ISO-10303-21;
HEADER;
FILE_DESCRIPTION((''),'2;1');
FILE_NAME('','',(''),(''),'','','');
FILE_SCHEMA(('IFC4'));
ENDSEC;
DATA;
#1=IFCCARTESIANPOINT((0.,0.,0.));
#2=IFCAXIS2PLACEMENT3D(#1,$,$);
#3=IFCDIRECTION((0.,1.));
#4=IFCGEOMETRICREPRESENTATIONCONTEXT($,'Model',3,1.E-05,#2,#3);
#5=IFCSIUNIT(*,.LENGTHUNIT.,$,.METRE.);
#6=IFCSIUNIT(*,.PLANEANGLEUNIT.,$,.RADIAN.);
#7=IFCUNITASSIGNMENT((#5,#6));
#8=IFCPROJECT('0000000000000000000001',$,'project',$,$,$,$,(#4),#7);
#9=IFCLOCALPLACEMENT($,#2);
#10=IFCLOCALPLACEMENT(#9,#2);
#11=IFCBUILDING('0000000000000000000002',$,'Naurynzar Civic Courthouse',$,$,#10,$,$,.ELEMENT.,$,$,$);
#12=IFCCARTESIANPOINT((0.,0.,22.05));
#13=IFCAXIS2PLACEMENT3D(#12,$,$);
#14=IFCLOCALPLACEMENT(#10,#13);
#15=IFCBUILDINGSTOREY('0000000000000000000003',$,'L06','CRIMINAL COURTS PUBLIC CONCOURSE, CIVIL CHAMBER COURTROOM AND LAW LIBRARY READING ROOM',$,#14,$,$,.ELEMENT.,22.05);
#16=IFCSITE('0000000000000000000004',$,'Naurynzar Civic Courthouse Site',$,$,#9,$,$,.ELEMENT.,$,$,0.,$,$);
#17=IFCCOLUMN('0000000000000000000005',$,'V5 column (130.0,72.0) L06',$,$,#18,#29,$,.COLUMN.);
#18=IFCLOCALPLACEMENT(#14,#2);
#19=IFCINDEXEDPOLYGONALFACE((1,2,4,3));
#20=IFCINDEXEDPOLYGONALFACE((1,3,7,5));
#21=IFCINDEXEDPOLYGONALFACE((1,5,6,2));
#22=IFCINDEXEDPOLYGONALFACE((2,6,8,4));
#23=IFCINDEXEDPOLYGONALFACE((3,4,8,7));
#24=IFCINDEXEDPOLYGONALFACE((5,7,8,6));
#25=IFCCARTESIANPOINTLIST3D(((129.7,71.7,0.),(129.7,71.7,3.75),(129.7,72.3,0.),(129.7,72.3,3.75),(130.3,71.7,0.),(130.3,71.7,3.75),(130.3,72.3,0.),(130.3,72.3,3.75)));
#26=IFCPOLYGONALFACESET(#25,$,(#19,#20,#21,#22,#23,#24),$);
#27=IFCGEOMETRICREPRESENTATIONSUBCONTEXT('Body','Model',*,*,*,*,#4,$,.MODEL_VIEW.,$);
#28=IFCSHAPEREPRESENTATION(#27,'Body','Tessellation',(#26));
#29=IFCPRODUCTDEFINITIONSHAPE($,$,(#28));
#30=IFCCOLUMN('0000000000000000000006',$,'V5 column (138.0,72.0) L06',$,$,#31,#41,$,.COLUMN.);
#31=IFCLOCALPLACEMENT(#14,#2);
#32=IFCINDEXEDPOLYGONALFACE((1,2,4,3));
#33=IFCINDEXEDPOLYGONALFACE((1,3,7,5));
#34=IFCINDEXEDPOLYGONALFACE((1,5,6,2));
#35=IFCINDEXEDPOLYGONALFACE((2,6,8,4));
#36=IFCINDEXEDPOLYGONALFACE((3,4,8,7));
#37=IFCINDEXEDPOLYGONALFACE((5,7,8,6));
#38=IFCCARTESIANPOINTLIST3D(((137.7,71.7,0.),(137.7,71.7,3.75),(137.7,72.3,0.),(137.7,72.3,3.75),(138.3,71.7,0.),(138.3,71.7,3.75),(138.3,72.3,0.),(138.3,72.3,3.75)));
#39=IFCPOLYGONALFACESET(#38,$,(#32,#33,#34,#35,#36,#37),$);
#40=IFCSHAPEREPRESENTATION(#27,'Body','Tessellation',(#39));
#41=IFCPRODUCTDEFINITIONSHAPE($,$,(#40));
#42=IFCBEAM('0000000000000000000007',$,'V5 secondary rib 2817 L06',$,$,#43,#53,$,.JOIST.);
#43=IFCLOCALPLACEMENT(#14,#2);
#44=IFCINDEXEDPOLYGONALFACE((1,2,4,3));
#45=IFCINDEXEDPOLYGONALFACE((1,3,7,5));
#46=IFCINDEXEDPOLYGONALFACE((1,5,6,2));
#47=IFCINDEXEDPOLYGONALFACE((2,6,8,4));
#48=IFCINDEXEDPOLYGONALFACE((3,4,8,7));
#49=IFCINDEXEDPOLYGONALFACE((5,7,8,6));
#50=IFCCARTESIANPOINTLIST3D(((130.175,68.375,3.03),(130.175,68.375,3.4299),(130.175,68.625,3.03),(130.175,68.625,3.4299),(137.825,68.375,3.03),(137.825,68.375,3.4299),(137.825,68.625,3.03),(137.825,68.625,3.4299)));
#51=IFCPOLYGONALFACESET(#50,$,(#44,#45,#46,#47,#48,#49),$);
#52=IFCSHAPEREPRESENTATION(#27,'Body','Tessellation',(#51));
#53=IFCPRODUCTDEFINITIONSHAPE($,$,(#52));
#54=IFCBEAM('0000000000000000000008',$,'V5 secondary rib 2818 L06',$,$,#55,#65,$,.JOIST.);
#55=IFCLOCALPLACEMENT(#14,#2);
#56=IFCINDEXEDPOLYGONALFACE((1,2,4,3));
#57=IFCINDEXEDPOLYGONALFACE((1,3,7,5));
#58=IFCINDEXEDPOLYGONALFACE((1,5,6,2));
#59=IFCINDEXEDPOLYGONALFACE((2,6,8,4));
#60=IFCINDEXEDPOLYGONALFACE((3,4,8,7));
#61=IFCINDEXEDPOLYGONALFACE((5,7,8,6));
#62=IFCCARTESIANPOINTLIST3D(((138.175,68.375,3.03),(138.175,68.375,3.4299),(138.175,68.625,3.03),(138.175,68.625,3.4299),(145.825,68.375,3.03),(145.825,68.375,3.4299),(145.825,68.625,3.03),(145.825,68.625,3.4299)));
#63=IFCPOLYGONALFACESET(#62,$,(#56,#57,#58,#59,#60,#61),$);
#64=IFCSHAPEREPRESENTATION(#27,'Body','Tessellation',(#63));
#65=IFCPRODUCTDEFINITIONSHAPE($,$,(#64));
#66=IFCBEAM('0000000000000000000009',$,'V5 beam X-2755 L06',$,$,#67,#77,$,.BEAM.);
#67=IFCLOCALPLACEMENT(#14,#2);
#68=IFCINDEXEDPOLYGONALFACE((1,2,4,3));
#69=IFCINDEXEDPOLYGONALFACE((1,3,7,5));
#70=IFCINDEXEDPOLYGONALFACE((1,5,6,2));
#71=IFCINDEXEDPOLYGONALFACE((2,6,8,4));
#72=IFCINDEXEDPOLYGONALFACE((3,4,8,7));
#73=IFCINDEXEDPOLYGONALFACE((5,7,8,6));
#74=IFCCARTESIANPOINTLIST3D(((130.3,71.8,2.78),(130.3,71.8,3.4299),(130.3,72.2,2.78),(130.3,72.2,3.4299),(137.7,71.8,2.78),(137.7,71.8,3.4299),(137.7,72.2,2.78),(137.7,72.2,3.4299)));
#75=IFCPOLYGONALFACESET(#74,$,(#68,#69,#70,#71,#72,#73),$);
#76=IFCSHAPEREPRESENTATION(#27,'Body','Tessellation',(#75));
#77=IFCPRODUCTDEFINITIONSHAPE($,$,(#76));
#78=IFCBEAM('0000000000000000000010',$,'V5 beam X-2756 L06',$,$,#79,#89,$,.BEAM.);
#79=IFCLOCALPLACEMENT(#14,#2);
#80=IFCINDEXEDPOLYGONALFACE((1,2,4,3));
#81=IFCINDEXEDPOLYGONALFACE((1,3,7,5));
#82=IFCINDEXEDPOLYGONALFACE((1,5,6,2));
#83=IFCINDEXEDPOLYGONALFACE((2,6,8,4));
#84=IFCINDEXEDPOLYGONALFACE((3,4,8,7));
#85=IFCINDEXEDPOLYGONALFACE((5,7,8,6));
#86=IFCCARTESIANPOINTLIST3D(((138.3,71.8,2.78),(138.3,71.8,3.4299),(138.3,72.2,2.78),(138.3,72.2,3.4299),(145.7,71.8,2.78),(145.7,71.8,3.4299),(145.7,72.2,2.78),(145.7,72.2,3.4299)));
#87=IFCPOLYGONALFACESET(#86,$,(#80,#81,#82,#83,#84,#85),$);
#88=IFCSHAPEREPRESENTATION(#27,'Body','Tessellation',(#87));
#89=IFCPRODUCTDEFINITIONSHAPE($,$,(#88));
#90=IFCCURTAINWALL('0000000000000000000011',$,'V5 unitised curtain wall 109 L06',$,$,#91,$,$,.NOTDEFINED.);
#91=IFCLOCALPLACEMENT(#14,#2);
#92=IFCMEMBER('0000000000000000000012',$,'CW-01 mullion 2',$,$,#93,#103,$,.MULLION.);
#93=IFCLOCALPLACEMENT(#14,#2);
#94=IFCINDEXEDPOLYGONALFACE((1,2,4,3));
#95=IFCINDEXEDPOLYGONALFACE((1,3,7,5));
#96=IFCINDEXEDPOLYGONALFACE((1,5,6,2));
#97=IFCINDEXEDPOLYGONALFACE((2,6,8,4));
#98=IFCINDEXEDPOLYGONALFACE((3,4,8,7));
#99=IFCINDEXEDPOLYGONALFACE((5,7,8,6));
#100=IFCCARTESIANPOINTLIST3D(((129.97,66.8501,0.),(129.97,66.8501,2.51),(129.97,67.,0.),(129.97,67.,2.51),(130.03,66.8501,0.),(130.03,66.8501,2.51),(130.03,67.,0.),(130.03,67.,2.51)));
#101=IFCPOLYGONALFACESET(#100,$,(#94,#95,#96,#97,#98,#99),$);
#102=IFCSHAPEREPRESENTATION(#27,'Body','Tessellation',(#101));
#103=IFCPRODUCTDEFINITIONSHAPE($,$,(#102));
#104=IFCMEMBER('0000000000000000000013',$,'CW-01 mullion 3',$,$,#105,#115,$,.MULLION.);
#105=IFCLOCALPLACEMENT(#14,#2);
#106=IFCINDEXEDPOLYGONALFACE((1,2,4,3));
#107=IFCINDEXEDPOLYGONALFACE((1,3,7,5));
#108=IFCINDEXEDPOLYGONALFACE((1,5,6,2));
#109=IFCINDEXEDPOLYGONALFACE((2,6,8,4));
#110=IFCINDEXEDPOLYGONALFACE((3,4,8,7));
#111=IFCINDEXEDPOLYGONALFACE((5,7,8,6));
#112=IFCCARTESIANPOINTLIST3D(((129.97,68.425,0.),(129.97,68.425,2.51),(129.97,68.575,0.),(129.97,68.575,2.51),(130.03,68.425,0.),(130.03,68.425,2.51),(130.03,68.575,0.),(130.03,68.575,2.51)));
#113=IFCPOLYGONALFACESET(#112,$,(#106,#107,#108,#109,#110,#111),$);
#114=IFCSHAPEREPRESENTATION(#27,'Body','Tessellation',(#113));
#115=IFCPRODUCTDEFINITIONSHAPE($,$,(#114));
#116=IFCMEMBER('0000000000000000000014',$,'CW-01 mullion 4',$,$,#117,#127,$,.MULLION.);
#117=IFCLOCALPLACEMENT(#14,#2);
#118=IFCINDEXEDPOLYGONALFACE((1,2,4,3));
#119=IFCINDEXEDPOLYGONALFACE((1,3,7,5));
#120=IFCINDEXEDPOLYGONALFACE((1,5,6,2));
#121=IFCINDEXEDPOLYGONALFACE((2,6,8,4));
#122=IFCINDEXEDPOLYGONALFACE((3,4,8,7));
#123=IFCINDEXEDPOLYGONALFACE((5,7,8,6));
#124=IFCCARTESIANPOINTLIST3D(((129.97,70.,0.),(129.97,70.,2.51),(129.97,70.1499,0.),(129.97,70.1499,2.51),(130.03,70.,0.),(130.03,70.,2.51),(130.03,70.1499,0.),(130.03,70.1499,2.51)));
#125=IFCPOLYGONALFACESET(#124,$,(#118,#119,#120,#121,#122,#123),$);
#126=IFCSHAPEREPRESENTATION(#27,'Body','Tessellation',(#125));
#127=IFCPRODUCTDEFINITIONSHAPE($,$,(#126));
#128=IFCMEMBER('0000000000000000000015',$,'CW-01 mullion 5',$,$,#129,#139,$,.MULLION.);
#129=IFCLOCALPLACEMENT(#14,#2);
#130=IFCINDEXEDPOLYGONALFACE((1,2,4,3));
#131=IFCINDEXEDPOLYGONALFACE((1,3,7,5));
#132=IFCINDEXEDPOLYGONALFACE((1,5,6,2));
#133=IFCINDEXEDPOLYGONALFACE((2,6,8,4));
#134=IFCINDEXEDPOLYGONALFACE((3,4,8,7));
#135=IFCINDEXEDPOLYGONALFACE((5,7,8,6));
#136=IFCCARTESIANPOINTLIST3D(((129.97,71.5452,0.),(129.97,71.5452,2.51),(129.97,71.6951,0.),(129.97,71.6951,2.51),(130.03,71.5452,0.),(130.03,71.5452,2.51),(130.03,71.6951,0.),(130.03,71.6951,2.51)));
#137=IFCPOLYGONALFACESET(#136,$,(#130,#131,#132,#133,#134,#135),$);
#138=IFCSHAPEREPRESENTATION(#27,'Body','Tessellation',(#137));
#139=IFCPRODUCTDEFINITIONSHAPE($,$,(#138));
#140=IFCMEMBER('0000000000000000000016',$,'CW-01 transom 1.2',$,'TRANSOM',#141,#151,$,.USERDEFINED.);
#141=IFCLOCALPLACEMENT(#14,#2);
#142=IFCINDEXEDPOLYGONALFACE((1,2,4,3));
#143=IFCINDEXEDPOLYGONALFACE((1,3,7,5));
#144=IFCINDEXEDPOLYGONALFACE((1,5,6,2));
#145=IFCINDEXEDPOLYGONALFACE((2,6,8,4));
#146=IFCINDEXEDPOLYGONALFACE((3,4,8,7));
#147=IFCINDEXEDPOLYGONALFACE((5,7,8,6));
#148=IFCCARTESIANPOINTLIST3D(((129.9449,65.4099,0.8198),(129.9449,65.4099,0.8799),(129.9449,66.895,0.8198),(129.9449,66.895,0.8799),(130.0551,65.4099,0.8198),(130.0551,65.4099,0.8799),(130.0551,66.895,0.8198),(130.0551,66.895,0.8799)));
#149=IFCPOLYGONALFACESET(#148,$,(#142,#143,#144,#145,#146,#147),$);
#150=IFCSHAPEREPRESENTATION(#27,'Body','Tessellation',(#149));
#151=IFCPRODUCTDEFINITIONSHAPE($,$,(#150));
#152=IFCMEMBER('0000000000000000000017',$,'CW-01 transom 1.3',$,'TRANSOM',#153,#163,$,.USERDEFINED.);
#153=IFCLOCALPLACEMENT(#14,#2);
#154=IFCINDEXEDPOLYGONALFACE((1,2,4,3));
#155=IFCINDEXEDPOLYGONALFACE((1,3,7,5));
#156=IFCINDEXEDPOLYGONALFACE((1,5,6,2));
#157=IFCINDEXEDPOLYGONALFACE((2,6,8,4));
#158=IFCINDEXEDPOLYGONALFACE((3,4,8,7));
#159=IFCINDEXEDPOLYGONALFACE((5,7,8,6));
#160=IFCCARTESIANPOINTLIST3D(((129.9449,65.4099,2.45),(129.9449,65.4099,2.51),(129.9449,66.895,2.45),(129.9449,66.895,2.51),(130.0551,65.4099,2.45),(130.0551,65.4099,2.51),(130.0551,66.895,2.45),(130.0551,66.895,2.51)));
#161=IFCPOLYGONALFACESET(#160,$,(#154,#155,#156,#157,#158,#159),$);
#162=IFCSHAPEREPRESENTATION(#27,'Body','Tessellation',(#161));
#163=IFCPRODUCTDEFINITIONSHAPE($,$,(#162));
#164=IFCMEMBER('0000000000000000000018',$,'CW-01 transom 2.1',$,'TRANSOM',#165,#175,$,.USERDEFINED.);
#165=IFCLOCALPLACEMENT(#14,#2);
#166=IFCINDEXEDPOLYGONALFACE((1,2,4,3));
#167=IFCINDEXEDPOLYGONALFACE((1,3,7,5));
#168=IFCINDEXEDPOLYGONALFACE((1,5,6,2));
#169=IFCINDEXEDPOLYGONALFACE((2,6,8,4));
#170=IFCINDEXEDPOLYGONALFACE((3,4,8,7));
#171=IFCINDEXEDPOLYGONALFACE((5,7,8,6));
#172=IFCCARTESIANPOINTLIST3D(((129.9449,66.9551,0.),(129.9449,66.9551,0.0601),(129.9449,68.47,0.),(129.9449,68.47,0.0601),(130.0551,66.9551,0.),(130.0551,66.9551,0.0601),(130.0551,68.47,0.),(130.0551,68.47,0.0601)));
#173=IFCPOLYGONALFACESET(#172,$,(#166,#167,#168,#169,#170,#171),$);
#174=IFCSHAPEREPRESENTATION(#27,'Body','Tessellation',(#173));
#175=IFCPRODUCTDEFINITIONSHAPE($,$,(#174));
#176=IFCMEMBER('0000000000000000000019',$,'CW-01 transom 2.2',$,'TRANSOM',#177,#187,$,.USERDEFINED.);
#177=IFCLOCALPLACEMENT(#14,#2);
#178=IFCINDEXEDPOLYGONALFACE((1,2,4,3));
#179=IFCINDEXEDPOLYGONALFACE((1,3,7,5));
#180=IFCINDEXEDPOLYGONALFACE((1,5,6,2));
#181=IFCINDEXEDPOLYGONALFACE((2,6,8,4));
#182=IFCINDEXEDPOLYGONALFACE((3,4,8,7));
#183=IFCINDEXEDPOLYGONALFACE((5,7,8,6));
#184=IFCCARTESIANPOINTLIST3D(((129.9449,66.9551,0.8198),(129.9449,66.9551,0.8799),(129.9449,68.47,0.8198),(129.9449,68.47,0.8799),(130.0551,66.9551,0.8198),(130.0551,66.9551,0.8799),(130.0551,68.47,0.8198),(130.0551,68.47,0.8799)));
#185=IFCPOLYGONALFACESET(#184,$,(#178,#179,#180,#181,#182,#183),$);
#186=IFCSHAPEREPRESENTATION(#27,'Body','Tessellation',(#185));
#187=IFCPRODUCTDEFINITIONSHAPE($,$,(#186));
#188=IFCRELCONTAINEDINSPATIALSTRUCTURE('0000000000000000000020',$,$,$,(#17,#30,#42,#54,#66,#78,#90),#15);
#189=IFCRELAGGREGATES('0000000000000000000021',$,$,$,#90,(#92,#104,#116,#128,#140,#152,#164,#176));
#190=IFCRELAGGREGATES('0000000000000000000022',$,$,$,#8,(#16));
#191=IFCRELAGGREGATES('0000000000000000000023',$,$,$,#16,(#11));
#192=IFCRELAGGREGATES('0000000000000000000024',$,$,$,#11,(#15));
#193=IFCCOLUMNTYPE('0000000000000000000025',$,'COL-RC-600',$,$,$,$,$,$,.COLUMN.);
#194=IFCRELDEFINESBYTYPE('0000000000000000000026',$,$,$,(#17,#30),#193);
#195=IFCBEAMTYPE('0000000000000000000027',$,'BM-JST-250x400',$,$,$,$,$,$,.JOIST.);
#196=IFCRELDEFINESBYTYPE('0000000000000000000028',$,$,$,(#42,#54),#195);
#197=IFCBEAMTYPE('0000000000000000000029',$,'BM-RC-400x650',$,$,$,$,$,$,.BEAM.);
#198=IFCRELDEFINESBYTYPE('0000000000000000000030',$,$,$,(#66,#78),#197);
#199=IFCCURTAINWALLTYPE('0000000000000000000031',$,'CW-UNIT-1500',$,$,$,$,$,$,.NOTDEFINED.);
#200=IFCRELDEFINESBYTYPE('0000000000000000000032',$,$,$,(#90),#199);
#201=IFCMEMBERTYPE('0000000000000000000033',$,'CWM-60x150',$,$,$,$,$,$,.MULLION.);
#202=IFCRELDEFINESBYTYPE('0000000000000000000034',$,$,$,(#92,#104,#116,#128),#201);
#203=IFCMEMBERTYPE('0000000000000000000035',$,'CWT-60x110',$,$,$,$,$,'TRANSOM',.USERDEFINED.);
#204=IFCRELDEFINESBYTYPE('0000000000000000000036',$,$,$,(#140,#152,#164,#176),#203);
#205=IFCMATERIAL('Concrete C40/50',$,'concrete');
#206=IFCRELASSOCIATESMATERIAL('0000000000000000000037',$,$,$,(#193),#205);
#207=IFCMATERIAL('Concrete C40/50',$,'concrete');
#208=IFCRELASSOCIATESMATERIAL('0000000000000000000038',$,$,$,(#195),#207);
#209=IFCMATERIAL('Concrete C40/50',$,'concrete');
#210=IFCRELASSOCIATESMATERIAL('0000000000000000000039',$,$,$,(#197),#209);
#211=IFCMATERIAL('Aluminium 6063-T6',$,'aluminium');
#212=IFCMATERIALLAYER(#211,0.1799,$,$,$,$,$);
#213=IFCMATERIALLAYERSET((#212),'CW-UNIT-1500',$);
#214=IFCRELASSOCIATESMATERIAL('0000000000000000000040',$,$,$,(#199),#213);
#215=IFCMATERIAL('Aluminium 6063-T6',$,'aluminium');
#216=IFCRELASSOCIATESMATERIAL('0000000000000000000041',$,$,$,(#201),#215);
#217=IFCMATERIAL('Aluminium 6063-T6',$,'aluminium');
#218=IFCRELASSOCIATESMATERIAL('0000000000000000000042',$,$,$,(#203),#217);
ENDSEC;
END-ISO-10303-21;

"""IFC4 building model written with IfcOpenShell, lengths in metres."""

from ifc_helpers import new_model, si_unit, direction, frame, origin, origin_2d, place, context, subcontext, project, spatial, rectangle, extrude, material, layer, layer_set, material_profile, profile_set, type_object, element, aggregate, save


model = new_model("IFC4")

# Units and contexts
model_context = context("Model", 3, precision=1e-05, world=origin(), true_north=direction((0.0, 1.0)))
body_context = subcontext(model_context, "Body", "Model", "MODEL_VIEW")
ifc_project = project(units=[si_unit("LENGTHUNIT", "METRE"), si_unit("PLANEANGLEUNIT", "RADIAN")], contexts=[model_context])

# Site, building, storey
site_placement = place(None, origin())
site = spatial("IfcSite", under=ifc_project, at=site_placement, Name="Naurynzar Civic Courthouse Site", CompositionType="ELEMENT", RefElevation=0.0)
building_placement = place(site_placement, origin())
building = spatial("IfcBuilding", under=site, at=building_placement, Name="Naurynzar Civic Courthouse", CompositionType="ELEMENT")
storey_placement = place(building_placement, frame((0.0, 0.0, 22.05)))
storey = spatial("IfcBuildingStorey", under=building, at=storey_placement, Name="L06", Description="CRIMINAL COURTS PUBLIC CONCOURSE, CIVIL CHAMBER COURTROOM AND LAW LIBRARY READING ROOM", CompositionType="ELEMENT", Elevation=22.05)

# Columns
ifc_material_1 = material(Name="Concrete C40/50", Category="concrete")
ifc_material_profile_1 = material_profile(ifc_material_1, rectangle(XDim=0.6001, YDim=0.6001, at=origin_2d()), Name="RC 600x600")
ifc_profile_set_1 = profile_set([ifc_material_profile_1], Name="Concrete C40/50")
column_type = type_object("IfcColumnType", Name="COL-RC-600", PredefinedType="COLUMN", material=ifc_profile_set_1)
for number, where, z_axis, x_axis, name in (
    (1, (130.0, 72.0, 0.0), (0.0, 0.0, 1.0), (1.0, 0.0, 0.0), "V5 column (130.0,72.0) L06"),
    (2, (138.0, 72.0, 0.0), (0.0, 0.0, 1.0), (1.0, 0.0, 0.0), "V5 column (138.0,72.0) L06"),
):
    element("IfcColumn", number, at=place(storey_placement, frame(where, z_axis=z_axis, x_axis=x_axis)), inside=storey, type_object=column_type, Name=name, PredefinedType="COLUMN", context=body_context, shape_type="SweptSolid", body=[
        extrude(rectangle(XDim=0.6001, YDim=0.6001, at=origin_2d()), origin(), (0.0, 0.0, 1.0), 3.75),
    ])

# Beams
ifc_material_2 = material(Name="Concrete C40/50", Category="concrete")
ifc_material_profile_2 = material_profile(ifc_material_2, rectangle(XDim=0.25, YDim=0.3999, at=origin_2d()), Name="RCB 250x400")
ifc_profile_set_2 = profile_set([ifc_material_profile_2], Name="Concrete C40/50")
beam_type_1 = type_object("IfcBeamType", Name="BM-JST-250x400", PredefinedType="JOIST", material=ifc_profile_set_2)
for number, where, z_axis, x_axis, name in (
    (3, (130.175, 68.5, 3.23), (1.0, 0.0, 0.0), (0.0, 1.0, 0.0), "V5 secondary rib 2817 L06"),
    (4, (138.175, 68.5, 3.23), (1.0, 0.0, 0.0), (0.0, 1.0, 0.0), "V5 secondary rib 2818 L06"),
):
    element("IfcBeam", number, at=place(storey_placement, frame(where, z_axis=z_axis, x_axis=x_axis)), inside=storey, type_object=beam_type_1, Name=name, PredefinedType="JOIST", context=body_context, shape_type="SweptSolid", body=[
        extrude(rectangle(XDim=0.25, YDim=0.3999, at=origin_2d()), origin(), (0.0, 0.0, 1.0), 7.6499),
    ])
ifc_material_3 = material(Name="Concrete C40/50", Category="concrete")
ifc_material_profile_3 = material_profile(ifc_material_3, rectangle(XDim=0.3999, YDim=0.6499, at=origin_2d()), Name="RCB 400x650")
ifc_profile_set_3 = profile_set([ifc_material_profile_3], Name="Concrete C40/50")
beam_type_2 = type_object("IfcBeamType", Name="BM-RC-400x650", PredefinedType="BEAM", material=ifc_profile_set_3)
for number, where, z_axis, x_axis, name in (
    (5, (130.3, 72.0, 3.105), (1.0, 0.0, 0.0), (0.0, 1.0, 0.0), "V5 beam X-2755 L06"),
    (6, (138.3, 72.0, 3.105), (1.0, 0.0, 0.0), (0.0, 1.0, 0.0), "V5 beam X-2756 L06"),
):
    element("IfcBeam", number, at=place(storey_placement, frame(where, z_axis=z_axis, x_axis=x_axis)), inside=storey, type_object=beam_type_2, Name=name, PredefinedType="BEAM", context=body_context, shape_type="SweptSolid", body=[
        extrude(rectangle(XDim=0.3999, YDim=0.6499, at=origin_2d()), origin(), (0.0, 0.0, 1.0), 7.3999),
    ])

# Curtain wall, members
ifc_material_4 = material(Name="Aluminium 6063-T6", Category="aluminium")
ifc_layer_1 = layer(ifc_material_4, 0.1799)
ifc_layer_set_1 = layer_set([ifc_layer_1], Name="CW-UNIT-1500")
curtain_wall_type = type_object("IfcCurtainWallType", Name="CW-UNIT-1500", PredefinedType="NOTDEFINED", material=ifc_layer_set_1)
curtain_wall_placement = place(storey_placement, origin())
curtain_wall = element("IfcCurtainWall", 7, at=curtain_wall_placement, inside=storey, type_object=curtain_wall_type, Name="V5 unitised curtain wall 109 L06", PredefinedType="NOTDEFINED")
ifc_material_5 = material(Name="Aluminium 6063-T6", Category="aluminium")
ifc_material_profile_4 = material_profile(ifc_material_5, rectangle(XDim=0.0601, YDim=0.1499, at=origin_2d()), Name="ALU MULLION 60x150")
ifc_profile_set_4 = profile_set([ifc_material_profile_4], Name="Aluminium 6063-T6")
member_type_1 = type_object("IfcMemberType", Name="CWM-60x150", PredefinedType="MULLION", material=ifc_profile_set_4)
member_1_placement = place(storey_placement, frame((130.0, 66.925, 0.0), z_axis=(0.0, 0.0, 1.0), x_axis=(-1.0, 0.0, 0.0)))
member_1 = element("IfcMember", 8, at=member_1_placement, type_object=member_type_1, Name="CW-01 mullion 2", PredefinedType="MULLION", context=body_context, shape_type="SweptSolid", body=[
    extrude(rectangle(XDim=0.0601, YDim=0.1499, at=origin_2d()), origin(), (0.0, 0.0, 1.0), 2.51),
])
member_2_placement = place(storey_placement, frame((130.0, 68.5, 0.0), z_axis=(0.0, 0.0, 1.0), x_axis=(-1.0, 0.0, 0.0)))
member_2 = element("IfcMember", 9, at=member_2_placement, type_object=member_type_1, Name="CW-01 mullion 3", PredefinedType="MULLION", context=body_context, shape_type="SweptSolid", body=[
    extrude(rectangle(XDim=0.0601, YDim=0.1499, at=origin_2d()), origin(), (0.0, 0.0, 1.0), 2.51),
])
member_3_placement = place(storey_placement, frame((130.0, 70.075, 0.0), z_axis=(0.0, 0.0, 1.0), x_axis=(-1.0, 0.0, 0.0)))
member_3 = element("IfcMember", 10, at=member_3_placement, type_object=member_type_1, Name="CW-01 mullion 4", PredefinedType="MULLION", context=body_context, shape_type="SweptSolid", body=[
    extrude(rectangle(XDim=0.0601, YDim=0.1499, at=origin_2d()), origin(), (0.0, 0.0, 1.0), 2.51),
])
member_4_placement = place(storey_placement, frame((130.0, 71.6201, 0.0), z_axis=(0.0, 0.0, 1.0), x_axis=(-1.0, 0.0, 0.0)))
member_4 = element("IfcMember", 11, at=member_4_placement, type_object=member_type_1, Name="CW-01 mullion 5", PredefinedType="MULLION", context=body_context, shape_type="SweptSolid", body=[
    extrude(rectangle(XDim=0.0601, YDim=0.1499, at=origin_2d()), origin(), (0.0, 0.0, 1.0), 2.51),
])
ifc_material_6 = material(Name="Aluminium 6063-T6", Category="aluminium")
ifc_material_profile_5 = material_profile(ifc_material_6, rectangle(XDim=0.1101, YDim=0.0601, at=origin_2d()), Name="ALU TRANSOM 60x110")
ifc_profile_set_5 = profile_set([ifc_material_profile_5], Name="Aluminium 6063-T6")
member_type_2 = type_object("IfcMemberType", Name="CWT-60x110", ElementType="TRANSOM", PredefinedType="USERDEFINED", material=ifc_profile_set_5)
member_5_placement = place(storey_placement, frame((130.0, 65.4099, 0.8499), z_axis=(0.0, 1.0, 0.0), x_axis=(-1.0, 0.0, 0.0)))
member_5 = element("IfcMember", 12, at=member_5_placement, type_object=member_type_2, Name="CW-01 transom 1.2", ObjectType="TRANSOM", PredefinedType="USERDEFINED", context=body_context, shape_type="SweptSolid", body=[
    extrude(rectangle(XDim=0.1101, YDim=0.0601, at=origin_2d()), origin(), (0.0, 0.0, 1.0), 1.4851),
])
member_6_placement = place(storey_placement, frame((130.0, 65.4099, 2.48), z_axis=(0.0, 1.0, 0.0), x_axis=(-1.0, 0.0, 0.0)))
member_6 = element("IfcMember", 13, at=member_6_placement, type_object=member_type_2, Name="CW-01 transom 1.3", ObjectType="TRANSOM", PredefinedType="USERDEFINED", context=body_context, shape_type="SweptSolid", body=[
    extrude(rectangle(XDim=0.1101, YDim=0.0601, at=origin_2d()), origin(), (0.0, 0.0, 1.0), 1.4851),
])
member_7_placement = place(storey_placement, frame((130.0, 66.9551, 0.03), z_axis=(0.0, 1.0, 0.0), x_axis=(-1.0, 0.0, 0.0)))
member_7 = element("IfcMember", 14, at=member_7_placement, type_object=member_type_2, Name="CW-01 transom 2.1", ObjectType="TRANSOM", PredefinedType="USERDEFINED", context=body_context, shape_type="SweptSolid", body=[
    extrude(rectangle(XDim=0.1101, YDim=0.0601, at=origin_2d()), origin(), (0.0, 0.0, 1.0), 1.5149),
])
member_8_placement = place(storey_placement, frame((130.0, 66.9551, 0.8499), z_axis=(0.0, 1.0, 0.0), x_axis=(-1.0, 0.0, 0.0)))
member_8 = element("IfcMember", 15, at=member_8_placement, type_object=member_type_2, Name="CW-01 transom 2.2", ObjectType="TRANSOM", PredefinedType="USERDEFINED", context=body_context, shape_type="SweptSolid", body=[
    extrude(rectangle(XDim=0.1101, YDim=0.0601, at=origin_2d()), origin(), (0.0, 0.0, 1.0), 1.5149),
])
aggregate(curtain_wall, [member_1, member_2, member_3, member_4, member_5, member_6, member_7, member_8])

save(model, "model.ifc")
